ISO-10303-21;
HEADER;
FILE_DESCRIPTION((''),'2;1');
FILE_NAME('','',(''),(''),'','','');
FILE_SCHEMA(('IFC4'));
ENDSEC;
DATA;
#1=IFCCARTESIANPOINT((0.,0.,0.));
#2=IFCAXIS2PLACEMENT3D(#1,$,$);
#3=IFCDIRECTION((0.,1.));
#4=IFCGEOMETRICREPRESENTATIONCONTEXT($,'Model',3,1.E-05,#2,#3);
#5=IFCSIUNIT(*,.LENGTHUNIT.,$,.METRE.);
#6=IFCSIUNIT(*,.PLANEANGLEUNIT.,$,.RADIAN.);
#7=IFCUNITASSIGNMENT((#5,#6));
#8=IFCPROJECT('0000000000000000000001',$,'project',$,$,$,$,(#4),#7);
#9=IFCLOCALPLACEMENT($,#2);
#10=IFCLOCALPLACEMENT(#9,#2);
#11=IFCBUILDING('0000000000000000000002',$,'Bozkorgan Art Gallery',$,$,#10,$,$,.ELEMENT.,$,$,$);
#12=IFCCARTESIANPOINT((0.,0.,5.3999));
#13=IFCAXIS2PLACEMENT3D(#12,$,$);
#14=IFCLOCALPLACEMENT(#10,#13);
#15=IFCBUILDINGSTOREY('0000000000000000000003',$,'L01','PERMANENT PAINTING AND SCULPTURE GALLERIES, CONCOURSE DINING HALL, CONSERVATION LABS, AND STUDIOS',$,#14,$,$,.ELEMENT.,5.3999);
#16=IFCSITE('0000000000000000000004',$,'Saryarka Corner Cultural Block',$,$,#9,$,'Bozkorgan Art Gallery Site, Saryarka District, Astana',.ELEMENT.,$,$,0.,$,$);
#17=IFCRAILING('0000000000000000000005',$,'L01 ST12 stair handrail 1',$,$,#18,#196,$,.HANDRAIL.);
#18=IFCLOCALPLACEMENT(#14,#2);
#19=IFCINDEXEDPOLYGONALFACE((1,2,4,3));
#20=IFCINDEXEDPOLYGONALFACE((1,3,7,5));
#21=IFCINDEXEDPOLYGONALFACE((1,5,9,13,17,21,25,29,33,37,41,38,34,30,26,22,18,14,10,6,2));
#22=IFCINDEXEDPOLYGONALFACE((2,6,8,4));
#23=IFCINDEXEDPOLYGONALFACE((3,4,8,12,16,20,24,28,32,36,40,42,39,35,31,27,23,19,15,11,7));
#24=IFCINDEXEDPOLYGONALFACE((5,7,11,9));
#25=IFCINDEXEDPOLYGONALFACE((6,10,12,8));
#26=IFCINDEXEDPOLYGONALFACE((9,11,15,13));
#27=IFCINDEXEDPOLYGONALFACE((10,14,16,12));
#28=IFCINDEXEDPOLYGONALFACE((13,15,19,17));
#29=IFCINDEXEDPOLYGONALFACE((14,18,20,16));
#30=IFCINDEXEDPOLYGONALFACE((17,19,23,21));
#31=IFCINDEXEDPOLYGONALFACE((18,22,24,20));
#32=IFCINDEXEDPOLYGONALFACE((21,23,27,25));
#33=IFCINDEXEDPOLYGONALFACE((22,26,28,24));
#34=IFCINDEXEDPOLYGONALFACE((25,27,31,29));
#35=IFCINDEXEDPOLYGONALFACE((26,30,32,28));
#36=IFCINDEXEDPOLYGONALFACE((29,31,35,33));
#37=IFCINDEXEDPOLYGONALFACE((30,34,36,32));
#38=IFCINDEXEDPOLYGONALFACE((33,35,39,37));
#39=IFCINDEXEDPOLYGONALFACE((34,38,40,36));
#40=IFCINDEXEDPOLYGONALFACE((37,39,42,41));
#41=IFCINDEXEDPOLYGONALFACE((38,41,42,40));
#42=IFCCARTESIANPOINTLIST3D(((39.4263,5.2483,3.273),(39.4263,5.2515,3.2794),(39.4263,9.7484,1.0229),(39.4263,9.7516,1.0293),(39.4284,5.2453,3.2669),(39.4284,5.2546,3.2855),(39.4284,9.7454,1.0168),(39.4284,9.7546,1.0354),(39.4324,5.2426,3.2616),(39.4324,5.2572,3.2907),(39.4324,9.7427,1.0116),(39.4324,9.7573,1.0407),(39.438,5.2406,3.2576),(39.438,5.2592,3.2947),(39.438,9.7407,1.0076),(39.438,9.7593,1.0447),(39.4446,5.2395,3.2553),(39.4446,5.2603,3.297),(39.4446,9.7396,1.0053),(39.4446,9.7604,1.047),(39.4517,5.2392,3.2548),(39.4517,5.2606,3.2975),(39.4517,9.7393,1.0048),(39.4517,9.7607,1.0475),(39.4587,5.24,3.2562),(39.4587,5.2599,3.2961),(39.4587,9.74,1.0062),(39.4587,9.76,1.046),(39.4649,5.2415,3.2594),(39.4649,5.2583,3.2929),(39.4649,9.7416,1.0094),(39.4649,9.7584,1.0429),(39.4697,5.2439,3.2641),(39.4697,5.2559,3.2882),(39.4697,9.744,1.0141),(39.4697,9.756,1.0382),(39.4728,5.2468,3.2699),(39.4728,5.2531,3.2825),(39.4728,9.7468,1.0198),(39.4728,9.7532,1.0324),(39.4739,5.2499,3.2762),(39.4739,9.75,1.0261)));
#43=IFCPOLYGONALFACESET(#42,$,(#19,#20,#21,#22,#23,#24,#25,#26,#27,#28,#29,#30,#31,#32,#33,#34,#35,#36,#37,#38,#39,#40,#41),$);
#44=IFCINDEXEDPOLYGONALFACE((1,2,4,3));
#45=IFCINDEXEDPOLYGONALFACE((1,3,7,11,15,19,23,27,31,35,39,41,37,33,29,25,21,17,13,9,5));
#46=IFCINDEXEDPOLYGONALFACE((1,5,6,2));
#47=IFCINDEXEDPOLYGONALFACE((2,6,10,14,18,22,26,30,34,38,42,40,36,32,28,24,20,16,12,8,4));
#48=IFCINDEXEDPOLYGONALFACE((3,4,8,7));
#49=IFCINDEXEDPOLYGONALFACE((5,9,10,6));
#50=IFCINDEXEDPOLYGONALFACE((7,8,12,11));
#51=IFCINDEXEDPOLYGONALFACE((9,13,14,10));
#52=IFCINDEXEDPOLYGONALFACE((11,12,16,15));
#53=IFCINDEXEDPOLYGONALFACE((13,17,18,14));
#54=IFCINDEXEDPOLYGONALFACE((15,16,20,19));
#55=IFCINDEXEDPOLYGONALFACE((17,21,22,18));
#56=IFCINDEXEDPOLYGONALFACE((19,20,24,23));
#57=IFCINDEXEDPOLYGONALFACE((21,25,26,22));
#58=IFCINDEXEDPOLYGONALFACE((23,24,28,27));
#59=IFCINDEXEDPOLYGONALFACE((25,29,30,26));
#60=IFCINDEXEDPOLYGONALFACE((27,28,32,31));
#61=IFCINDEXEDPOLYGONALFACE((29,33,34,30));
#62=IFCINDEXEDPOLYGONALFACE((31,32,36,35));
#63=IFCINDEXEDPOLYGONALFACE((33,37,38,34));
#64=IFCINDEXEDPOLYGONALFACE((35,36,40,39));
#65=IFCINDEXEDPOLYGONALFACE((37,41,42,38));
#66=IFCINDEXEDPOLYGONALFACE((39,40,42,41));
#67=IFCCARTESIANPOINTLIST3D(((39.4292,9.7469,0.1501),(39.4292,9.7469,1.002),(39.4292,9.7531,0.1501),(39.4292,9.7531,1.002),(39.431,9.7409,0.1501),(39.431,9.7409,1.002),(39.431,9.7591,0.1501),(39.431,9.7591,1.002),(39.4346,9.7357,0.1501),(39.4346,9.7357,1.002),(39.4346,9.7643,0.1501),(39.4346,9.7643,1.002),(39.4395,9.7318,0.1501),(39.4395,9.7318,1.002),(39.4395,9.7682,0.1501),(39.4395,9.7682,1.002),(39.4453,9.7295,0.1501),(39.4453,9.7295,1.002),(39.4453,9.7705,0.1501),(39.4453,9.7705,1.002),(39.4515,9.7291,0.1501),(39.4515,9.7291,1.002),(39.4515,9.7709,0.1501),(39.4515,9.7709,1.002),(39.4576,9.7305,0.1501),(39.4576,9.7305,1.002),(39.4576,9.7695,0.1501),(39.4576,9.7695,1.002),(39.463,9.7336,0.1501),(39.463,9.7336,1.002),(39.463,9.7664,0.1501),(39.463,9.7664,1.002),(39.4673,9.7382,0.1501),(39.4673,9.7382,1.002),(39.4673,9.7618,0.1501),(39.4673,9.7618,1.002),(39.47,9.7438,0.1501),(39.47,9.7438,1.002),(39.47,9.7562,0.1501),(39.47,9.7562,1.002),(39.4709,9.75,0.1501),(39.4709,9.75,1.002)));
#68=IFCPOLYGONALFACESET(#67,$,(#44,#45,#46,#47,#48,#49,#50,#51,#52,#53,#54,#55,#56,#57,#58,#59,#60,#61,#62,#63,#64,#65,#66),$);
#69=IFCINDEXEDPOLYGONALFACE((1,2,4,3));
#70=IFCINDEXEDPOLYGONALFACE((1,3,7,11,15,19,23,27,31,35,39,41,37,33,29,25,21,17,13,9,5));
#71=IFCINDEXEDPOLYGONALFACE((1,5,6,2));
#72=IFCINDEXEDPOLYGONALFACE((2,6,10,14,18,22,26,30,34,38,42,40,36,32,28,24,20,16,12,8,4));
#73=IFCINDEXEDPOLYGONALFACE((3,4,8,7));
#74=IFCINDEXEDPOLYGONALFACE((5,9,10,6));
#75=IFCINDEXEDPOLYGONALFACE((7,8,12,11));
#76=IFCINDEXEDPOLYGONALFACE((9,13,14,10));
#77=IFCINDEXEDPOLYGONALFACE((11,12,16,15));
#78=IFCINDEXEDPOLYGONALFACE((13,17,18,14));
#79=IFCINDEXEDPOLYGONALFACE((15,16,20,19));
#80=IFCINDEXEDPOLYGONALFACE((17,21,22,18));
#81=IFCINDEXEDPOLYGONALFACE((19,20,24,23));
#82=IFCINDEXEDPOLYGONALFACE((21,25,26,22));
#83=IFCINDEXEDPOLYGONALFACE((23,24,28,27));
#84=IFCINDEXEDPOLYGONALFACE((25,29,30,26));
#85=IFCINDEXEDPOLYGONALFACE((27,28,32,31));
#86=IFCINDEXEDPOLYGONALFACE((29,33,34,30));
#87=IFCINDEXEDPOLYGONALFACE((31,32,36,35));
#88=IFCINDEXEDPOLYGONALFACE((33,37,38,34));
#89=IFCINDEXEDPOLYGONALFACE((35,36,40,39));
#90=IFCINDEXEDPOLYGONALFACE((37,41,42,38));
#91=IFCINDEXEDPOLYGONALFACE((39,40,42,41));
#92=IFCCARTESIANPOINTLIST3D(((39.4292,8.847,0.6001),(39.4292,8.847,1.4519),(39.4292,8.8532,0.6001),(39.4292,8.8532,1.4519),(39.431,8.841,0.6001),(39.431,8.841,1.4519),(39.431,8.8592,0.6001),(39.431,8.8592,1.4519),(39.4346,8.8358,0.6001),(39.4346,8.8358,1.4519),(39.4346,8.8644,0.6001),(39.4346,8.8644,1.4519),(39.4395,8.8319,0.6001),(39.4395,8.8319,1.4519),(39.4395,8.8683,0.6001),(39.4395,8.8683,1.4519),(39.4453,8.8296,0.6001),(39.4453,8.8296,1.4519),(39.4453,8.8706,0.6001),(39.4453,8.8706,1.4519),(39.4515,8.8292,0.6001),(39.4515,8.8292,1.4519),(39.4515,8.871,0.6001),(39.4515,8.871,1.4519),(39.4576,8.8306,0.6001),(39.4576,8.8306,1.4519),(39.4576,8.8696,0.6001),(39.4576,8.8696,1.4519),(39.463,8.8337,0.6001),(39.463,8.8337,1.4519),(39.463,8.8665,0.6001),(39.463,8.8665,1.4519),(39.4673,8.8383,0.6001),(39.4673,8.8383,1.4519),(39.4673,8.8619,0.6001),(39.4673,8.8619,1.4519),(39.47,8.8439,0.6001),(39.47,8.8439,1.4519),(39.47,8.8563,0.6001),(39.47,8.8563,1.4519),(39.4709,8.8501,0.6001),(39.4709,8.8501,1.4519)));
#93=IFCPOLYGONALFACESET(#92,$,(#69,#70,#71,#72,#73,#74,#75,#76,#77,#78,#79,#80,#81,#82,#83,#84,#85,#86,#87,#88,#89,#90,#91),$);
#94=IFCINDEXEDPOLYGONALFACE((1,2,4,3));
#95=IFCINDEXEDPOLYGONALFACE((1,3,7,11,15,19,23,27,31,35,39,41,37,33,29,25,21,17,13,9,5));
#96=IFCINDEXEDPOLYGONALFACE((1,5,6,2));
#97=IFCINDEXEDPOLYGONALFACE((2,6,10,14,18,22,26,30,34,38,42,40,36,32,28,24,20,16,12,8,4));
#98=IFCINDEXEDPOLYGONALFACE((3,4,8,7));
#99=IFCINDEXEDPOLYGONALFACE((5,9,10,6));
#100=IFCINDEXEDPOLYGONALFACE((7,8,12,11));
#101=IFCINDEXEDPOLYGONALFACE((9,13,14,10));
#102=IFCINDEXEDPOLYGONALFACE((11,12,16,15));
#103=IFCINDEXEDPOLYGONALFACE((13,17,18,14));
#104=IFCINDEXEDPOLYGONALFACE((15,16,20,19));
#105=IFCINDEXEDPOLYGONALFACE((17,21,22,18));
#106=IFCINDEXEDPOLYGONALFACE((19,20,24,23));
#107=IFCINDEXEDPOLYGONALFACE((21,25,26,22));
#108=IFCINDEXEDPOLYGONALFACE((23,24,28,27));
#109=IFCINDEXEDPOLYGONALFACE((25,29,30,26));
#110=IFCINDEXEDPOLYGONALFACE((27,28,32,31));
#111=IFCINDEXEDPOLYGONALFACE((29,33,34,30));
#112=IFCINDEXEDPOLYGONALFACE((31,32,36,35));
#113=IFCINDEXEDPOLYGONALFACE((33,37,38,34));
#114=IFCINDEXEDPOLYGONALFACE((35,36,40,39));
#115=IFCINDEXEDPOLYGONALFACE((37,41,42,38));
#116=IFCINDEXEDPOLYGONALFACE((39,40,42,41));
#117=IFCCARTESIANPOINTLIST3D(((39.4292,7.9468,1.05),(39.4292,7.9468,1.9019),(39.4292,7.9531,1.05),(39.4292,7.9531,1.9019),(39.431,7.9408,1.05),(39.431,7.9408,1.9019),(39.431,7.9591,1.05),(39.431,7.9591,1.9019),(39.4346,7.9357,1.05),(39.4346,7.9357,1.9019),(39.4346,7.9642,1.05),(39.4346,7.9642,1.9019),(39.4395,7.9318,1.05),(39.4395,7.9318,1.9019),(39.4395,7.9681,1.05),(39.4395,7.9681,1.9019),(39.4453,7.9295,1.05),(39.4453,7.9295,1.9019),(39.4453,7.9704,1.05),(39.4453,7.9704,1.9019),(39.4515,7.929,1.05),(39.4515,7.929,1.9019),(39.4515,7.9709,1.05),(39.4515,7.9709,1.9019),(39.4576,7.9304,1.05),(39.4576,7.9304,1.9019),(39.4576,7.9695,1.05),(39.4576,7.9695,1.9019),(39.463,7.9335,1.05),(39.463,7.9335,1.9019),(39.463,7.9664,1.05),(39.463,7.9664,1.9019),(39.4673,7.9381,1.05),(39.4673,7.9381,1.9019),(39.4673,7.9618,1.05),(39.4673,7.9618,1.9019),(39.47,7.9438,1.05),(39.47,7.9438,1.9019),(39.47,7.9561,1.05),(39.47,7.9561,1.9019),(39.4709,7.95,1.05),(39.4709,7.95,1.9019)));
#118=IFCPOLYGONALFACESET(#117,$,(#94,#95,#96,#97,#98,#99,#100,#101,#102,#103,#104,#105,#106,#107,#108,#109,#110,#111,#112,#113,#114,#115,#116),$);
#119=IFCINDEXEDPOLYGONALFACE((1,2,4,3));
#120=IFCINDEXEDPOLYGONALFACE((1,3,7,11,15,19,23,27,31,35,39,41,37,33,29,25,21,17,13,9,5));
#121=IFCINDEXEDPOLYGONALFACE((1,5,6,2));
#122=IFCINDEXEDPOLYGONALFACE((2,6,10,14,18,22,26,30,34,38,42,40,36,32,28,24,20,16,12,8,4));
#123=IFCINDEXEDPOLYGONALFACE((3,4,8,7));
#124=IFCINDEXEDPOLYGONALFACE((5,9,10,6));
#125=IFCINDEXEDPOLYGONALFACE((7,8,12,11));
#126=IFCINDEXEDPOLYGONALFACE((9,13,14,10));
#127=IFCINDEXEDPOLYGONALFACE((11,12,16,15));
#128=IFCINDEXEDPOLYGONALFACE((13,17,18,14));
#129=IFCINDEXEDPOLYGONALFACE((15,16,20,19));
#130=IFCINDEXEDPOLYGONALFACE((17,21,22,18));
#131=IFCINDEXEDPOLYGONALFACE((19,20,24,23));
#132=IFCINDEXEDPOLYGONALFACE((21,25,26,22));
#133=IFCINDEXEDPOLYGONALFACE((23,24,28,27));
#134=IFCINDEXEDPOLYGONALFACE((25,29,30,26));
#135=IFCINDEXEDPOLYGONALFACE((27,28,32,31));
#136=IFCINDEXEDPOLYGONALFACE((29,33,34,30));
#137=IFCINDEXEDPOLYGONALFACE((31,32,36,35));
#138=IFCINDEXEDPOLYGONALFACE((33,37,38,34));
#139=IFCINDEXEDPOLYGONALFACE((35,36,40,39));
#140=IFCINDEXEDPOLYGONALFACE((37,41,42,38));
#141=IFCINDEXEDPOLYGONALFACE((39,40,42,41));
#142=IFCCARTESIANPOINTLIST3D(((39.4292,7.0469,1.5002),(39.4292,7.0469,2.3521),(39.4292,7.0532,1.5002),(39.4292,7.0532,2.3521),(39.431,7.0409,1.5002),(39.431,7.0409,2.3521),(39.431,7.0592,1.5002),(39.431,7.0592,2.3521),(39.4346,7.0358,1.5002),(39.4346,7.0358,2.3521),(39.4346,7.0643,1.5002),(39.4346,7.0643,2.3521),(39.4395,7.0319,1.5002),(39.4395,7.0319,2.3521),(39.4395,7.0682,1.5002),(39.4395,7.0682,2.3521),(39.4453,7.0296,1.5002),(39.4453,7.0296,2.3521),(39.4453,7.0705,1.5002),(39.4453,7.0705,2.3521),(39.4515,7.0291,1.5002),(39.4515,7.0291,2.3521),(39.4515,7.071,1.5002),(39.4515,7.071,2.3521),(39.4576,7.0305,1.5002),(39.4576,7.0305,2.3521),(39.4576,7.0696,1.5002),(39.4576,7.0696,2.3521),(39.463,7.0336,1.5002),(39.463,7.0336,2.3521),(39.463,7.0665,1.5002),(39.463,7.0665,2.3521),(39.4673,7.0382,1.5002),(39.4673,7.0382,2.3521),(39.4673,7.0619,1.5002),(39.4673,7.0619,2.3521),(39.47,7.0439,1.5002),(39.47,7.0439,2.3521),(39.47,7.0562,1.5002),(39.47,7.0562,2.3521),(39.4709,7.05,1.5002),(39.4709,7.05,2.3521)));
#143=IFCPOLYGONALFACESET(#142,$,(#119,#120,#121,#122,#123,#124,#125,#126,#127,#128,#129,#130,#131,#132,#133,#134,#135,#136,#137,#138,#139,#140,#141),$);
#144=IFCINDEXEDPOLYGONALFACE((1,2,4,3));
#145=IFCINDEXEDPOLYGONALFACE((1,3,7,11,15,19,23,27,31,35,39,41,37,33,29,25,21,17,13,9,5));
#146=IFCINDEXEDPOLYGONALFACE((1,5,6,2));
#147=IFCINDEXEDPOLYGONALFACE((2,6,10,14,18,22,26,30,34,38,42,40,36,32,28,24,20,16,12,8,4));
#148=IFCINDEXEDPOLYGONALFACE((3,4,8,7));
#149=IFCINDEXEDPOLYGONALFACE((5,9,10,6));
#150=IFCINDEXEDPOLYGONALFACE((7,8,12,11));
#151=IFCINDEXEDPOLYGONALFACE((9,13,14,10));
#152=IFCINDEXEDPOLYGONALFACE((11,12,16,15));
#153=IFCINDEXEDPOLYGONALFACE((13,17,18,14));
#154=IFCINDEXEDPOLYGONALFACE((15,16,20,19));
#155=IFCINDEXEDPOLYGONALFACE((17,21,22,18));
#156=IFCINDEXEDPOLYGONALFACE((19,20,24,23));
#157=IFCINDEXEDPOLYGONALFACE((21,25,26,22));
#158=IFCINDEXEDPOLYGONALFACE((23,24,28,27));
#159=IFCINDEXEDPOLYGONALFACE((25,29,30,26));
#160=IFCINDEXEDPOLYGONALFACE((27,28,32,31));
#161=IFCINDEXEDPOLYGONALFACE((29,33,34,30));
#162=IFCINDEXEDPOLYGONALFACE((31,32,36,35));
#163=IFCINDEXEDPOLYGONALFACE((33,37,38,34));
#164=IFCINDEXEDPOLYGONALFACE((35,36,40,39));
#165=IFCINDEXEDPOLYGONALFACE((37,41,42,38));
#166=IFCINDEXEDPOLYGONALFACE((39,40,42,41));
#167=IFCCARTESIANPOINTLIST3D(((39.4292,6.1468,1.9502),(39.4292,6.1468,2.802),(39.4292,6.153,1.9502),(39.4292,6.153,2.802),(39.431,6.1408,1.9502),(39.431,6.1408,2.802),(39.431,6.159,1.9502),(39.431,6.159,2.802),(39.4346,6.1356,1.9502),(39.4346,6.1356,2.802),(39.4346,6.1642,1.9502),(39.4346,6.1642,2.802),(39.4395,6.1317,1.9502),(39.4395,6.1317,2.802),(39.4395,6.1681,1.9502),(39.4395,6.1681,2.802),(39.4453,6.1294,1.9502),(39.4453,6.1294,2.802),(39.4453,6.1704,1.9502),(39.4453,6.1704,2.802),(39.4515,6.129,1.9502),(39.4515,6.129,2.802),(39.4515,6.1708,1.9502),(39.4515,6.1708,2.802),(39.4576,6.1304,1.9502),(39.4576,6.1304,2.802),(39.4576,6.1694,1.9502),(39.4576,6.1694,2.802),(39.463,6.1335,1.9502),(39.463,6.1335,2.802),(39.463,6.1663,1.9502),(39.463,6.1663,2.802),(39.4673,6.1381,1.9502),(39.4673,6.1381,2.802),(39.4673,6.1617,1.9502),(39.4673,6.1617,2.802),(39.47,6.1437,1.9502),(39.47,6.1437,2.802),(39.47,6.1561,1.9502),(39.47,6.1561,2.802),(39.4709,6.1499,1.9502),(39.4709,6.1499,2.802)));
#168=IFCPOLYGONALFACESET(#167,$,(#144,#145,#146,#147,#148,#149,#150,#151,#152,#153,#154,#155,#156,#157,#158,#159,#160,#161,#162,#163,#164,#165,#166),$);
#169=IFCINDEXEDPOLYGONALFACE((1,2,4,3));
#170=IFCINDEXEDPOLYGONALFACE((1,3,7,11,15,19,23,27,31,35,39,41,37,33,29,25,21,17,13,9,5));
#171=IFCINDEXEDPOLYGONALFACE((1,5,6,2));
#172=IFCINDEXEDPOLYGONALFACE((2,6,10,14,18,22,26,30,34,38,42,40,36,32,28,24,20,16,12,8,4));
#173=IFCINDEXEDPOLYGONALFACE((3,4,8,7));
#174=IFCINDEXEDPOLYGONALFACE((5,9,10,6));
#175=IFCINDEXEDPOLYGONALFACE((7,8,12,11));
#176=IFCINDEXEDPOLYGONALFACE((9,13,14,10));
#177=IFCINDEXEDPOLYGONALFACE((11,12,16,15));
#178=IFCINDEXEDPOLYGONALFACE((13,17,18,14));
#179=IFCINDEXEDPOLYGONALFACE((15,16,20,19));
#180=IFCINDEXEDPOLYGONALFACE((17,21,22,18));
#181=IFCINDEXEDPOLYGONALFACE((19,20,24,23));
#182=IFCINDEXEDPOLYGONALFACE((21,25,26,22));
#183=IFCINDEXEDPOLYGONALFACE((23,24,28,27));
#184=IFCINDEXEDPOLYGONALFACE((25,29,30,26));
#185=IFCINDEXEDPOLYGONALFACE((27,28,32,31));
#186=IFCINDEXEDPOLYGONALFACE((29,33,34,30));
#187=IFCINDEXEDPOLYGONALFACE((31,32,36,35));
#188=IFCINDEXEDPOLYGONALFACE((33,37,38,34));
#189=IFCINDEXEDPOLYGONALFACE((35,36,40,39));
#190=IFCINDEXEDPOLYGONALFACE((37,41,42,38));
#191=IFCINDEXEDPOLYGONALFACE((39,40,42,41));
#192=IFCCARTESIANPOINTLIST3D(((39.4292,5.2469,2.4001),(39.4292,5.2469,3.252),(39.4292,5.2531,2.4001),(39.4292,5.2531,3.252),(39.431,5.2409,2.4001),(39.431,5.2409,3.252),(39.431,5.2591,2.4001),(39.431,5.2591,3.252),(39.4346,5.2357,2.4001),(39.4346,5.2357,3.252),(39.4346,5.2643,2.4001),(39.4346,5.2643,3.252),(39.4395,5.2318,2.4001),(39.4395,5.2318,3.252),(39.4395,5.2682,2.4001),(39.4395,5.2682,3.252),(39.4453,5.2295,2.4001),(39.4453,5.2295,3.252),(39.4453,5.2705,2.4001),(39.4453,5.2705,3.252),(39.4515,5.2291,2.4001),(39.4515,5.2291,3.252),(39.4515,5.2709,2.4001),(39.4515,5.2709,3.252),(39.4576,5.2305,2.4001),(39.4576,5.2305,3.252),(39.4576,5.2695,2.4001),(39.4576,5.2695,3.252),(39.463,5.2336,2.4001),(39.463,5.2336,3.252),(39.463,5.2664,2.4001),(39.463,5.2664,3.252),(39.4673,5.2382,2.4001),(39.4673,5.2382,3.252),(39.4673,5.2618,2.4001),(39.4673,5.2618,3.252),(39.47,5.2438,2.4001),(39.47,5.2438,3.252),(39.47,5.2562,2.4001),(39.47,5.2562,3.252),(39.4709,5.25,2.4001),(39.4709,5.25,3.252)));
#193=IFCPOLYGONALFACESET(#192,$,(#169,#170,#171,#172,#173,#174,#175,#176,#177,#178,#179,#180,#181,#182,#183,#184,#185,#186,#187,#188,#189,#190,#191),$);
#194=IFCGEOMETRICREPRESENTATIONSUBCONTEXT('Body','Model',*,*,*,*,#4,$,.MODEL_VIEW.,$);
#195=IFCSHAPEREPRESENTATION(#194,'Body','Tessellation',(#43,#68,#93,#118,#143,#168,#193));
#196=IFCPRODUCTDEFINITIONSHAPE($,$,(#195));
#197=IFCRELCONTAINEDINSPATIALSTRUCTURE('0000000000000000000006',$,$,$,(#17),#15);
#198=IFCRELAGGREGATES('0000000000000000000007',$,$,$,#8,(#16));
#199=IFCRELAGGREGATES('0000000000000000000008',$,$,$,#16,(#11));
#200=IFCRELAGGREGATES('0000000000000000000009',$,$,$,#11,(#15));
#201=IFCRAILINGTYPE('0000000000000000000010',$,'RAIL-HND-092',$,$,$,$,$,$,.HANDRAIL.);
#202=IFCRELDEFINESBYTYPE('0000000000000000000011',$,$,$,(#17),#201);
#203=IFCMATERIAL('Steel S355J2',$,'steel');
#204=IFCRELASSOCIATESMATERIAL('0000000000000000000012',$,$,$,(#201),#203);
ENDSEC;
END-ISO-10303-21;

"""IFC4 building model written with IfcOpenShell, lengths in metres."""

from ifc_helpers import new_model, si_unit, direction, frame, origin, origin_2d, place, context, subcontext, project, spatial, circle, extrude, material, type_object, element, save


model = new_model("IFC4")

# Units and contexts
model_context = context("Model", 3, precision=1e-05, world=origin(), true_north=direction((0.0, 1.0)))
body_context = subcontext(model_context, "Body", "Model", "MODEL_VIEW")
ifc_project = project(units=[si_unit("LENGTHUNIT", "METRE"), si_unit("PLANEANGLEUNIT", "RADIAN")], contexts=[model_context])

# Site, building, storey
site_placement = place(None, origin())
site = spatial("IfcSite", under=ifc_project, at=site_placement, Name="Saryarka Corner Cultural Block", LongName="Bozkorgan Art Gallery Site, Saryarka District, Astana", CompositionType="ELEMENT", RefElevation=0.0)
building_placement = place(site_placement, origin())
building = spatial("IfcBuilding", under=site, at=building_placement, Name="Bozkorgan Art Gallery", CompositionType="ELEMENT")
storey_placement = place(building_placement, frame((0.0, 0.0, 5.3999)))
storey = spatial("IfcBuildingStorey", under=building, at=storey_placement, Name="L01", Description="PERMANENT PAINTING AND SCULPTURE GALLERIES, CONCOURSE DINING HALL, CONSERVATION LABS, AND STUDIOS", CompositionType="ELEMENT", Elevation=5.3999)

# Shared definitions
ifc_material_1 = material(Name="Steel S355J2", Category="steel")

# Railing
railing_type_1 = type_object("IfcRailingType", Name="RAIL-HND-092", PredefinedType="HANDRAIL", material=ifc_material_1)
railing_1_placement = place(storey_placement, frame((39.45, 9.75, 0.1501)))
element("IfcRailing", 1, at=railing_1_placement, inside=storey, type_object=railing_type_1, Name="L01 ST12 stair handrail 1", PredefinedType="HANDRAIL", context=body_context, shape_type="SweptSolid", body=[
    extrude(circle(Radius=0.0239, at=origin_2d()), frame((0.0, 0.0, 0.876), z_axis=(0.0, -0.894427, 0.447214), x_axis=(1.0, 0.0, 0.0)), (0.0, 0.0, 1.0), 5.0312),
    extrude(circle(Radius=0.021, at=origin_2d()), origin(), (0.0, 0.0, 1.0), 0.8518),
    extrude(circle(Radius=0.021, at=origin_2d()), frame((0.0, -0.8999, 0.45)), (0.0, 0.0, 1.0), 0.8518),
    extrude(circle(Radius=0.021, at=origin_2d()), frame((0.0, -1.8, 0.8999)), (0.0, 0.0, 1.0), 0.8518),
    extrude(circle(Radius=0.021, at=origin_2d()), frame((0.0, -2.7, 1.3501)), (0.0, 0.0, 1.0), 0.8518),
    extrude(circle(Radius=0.021, at=origin_2d()), frame((0.0, -3.6001, 1.8)), (0.0, 0.0, 1.0), 0.8518),
    extrude(circle(Radius=0.021, at=origin_2d()), frame((0.0, -4.5, 2.25)), (0.0, 0.0, 1.0), 0.8518),
])

save(model, "model.ifc")
